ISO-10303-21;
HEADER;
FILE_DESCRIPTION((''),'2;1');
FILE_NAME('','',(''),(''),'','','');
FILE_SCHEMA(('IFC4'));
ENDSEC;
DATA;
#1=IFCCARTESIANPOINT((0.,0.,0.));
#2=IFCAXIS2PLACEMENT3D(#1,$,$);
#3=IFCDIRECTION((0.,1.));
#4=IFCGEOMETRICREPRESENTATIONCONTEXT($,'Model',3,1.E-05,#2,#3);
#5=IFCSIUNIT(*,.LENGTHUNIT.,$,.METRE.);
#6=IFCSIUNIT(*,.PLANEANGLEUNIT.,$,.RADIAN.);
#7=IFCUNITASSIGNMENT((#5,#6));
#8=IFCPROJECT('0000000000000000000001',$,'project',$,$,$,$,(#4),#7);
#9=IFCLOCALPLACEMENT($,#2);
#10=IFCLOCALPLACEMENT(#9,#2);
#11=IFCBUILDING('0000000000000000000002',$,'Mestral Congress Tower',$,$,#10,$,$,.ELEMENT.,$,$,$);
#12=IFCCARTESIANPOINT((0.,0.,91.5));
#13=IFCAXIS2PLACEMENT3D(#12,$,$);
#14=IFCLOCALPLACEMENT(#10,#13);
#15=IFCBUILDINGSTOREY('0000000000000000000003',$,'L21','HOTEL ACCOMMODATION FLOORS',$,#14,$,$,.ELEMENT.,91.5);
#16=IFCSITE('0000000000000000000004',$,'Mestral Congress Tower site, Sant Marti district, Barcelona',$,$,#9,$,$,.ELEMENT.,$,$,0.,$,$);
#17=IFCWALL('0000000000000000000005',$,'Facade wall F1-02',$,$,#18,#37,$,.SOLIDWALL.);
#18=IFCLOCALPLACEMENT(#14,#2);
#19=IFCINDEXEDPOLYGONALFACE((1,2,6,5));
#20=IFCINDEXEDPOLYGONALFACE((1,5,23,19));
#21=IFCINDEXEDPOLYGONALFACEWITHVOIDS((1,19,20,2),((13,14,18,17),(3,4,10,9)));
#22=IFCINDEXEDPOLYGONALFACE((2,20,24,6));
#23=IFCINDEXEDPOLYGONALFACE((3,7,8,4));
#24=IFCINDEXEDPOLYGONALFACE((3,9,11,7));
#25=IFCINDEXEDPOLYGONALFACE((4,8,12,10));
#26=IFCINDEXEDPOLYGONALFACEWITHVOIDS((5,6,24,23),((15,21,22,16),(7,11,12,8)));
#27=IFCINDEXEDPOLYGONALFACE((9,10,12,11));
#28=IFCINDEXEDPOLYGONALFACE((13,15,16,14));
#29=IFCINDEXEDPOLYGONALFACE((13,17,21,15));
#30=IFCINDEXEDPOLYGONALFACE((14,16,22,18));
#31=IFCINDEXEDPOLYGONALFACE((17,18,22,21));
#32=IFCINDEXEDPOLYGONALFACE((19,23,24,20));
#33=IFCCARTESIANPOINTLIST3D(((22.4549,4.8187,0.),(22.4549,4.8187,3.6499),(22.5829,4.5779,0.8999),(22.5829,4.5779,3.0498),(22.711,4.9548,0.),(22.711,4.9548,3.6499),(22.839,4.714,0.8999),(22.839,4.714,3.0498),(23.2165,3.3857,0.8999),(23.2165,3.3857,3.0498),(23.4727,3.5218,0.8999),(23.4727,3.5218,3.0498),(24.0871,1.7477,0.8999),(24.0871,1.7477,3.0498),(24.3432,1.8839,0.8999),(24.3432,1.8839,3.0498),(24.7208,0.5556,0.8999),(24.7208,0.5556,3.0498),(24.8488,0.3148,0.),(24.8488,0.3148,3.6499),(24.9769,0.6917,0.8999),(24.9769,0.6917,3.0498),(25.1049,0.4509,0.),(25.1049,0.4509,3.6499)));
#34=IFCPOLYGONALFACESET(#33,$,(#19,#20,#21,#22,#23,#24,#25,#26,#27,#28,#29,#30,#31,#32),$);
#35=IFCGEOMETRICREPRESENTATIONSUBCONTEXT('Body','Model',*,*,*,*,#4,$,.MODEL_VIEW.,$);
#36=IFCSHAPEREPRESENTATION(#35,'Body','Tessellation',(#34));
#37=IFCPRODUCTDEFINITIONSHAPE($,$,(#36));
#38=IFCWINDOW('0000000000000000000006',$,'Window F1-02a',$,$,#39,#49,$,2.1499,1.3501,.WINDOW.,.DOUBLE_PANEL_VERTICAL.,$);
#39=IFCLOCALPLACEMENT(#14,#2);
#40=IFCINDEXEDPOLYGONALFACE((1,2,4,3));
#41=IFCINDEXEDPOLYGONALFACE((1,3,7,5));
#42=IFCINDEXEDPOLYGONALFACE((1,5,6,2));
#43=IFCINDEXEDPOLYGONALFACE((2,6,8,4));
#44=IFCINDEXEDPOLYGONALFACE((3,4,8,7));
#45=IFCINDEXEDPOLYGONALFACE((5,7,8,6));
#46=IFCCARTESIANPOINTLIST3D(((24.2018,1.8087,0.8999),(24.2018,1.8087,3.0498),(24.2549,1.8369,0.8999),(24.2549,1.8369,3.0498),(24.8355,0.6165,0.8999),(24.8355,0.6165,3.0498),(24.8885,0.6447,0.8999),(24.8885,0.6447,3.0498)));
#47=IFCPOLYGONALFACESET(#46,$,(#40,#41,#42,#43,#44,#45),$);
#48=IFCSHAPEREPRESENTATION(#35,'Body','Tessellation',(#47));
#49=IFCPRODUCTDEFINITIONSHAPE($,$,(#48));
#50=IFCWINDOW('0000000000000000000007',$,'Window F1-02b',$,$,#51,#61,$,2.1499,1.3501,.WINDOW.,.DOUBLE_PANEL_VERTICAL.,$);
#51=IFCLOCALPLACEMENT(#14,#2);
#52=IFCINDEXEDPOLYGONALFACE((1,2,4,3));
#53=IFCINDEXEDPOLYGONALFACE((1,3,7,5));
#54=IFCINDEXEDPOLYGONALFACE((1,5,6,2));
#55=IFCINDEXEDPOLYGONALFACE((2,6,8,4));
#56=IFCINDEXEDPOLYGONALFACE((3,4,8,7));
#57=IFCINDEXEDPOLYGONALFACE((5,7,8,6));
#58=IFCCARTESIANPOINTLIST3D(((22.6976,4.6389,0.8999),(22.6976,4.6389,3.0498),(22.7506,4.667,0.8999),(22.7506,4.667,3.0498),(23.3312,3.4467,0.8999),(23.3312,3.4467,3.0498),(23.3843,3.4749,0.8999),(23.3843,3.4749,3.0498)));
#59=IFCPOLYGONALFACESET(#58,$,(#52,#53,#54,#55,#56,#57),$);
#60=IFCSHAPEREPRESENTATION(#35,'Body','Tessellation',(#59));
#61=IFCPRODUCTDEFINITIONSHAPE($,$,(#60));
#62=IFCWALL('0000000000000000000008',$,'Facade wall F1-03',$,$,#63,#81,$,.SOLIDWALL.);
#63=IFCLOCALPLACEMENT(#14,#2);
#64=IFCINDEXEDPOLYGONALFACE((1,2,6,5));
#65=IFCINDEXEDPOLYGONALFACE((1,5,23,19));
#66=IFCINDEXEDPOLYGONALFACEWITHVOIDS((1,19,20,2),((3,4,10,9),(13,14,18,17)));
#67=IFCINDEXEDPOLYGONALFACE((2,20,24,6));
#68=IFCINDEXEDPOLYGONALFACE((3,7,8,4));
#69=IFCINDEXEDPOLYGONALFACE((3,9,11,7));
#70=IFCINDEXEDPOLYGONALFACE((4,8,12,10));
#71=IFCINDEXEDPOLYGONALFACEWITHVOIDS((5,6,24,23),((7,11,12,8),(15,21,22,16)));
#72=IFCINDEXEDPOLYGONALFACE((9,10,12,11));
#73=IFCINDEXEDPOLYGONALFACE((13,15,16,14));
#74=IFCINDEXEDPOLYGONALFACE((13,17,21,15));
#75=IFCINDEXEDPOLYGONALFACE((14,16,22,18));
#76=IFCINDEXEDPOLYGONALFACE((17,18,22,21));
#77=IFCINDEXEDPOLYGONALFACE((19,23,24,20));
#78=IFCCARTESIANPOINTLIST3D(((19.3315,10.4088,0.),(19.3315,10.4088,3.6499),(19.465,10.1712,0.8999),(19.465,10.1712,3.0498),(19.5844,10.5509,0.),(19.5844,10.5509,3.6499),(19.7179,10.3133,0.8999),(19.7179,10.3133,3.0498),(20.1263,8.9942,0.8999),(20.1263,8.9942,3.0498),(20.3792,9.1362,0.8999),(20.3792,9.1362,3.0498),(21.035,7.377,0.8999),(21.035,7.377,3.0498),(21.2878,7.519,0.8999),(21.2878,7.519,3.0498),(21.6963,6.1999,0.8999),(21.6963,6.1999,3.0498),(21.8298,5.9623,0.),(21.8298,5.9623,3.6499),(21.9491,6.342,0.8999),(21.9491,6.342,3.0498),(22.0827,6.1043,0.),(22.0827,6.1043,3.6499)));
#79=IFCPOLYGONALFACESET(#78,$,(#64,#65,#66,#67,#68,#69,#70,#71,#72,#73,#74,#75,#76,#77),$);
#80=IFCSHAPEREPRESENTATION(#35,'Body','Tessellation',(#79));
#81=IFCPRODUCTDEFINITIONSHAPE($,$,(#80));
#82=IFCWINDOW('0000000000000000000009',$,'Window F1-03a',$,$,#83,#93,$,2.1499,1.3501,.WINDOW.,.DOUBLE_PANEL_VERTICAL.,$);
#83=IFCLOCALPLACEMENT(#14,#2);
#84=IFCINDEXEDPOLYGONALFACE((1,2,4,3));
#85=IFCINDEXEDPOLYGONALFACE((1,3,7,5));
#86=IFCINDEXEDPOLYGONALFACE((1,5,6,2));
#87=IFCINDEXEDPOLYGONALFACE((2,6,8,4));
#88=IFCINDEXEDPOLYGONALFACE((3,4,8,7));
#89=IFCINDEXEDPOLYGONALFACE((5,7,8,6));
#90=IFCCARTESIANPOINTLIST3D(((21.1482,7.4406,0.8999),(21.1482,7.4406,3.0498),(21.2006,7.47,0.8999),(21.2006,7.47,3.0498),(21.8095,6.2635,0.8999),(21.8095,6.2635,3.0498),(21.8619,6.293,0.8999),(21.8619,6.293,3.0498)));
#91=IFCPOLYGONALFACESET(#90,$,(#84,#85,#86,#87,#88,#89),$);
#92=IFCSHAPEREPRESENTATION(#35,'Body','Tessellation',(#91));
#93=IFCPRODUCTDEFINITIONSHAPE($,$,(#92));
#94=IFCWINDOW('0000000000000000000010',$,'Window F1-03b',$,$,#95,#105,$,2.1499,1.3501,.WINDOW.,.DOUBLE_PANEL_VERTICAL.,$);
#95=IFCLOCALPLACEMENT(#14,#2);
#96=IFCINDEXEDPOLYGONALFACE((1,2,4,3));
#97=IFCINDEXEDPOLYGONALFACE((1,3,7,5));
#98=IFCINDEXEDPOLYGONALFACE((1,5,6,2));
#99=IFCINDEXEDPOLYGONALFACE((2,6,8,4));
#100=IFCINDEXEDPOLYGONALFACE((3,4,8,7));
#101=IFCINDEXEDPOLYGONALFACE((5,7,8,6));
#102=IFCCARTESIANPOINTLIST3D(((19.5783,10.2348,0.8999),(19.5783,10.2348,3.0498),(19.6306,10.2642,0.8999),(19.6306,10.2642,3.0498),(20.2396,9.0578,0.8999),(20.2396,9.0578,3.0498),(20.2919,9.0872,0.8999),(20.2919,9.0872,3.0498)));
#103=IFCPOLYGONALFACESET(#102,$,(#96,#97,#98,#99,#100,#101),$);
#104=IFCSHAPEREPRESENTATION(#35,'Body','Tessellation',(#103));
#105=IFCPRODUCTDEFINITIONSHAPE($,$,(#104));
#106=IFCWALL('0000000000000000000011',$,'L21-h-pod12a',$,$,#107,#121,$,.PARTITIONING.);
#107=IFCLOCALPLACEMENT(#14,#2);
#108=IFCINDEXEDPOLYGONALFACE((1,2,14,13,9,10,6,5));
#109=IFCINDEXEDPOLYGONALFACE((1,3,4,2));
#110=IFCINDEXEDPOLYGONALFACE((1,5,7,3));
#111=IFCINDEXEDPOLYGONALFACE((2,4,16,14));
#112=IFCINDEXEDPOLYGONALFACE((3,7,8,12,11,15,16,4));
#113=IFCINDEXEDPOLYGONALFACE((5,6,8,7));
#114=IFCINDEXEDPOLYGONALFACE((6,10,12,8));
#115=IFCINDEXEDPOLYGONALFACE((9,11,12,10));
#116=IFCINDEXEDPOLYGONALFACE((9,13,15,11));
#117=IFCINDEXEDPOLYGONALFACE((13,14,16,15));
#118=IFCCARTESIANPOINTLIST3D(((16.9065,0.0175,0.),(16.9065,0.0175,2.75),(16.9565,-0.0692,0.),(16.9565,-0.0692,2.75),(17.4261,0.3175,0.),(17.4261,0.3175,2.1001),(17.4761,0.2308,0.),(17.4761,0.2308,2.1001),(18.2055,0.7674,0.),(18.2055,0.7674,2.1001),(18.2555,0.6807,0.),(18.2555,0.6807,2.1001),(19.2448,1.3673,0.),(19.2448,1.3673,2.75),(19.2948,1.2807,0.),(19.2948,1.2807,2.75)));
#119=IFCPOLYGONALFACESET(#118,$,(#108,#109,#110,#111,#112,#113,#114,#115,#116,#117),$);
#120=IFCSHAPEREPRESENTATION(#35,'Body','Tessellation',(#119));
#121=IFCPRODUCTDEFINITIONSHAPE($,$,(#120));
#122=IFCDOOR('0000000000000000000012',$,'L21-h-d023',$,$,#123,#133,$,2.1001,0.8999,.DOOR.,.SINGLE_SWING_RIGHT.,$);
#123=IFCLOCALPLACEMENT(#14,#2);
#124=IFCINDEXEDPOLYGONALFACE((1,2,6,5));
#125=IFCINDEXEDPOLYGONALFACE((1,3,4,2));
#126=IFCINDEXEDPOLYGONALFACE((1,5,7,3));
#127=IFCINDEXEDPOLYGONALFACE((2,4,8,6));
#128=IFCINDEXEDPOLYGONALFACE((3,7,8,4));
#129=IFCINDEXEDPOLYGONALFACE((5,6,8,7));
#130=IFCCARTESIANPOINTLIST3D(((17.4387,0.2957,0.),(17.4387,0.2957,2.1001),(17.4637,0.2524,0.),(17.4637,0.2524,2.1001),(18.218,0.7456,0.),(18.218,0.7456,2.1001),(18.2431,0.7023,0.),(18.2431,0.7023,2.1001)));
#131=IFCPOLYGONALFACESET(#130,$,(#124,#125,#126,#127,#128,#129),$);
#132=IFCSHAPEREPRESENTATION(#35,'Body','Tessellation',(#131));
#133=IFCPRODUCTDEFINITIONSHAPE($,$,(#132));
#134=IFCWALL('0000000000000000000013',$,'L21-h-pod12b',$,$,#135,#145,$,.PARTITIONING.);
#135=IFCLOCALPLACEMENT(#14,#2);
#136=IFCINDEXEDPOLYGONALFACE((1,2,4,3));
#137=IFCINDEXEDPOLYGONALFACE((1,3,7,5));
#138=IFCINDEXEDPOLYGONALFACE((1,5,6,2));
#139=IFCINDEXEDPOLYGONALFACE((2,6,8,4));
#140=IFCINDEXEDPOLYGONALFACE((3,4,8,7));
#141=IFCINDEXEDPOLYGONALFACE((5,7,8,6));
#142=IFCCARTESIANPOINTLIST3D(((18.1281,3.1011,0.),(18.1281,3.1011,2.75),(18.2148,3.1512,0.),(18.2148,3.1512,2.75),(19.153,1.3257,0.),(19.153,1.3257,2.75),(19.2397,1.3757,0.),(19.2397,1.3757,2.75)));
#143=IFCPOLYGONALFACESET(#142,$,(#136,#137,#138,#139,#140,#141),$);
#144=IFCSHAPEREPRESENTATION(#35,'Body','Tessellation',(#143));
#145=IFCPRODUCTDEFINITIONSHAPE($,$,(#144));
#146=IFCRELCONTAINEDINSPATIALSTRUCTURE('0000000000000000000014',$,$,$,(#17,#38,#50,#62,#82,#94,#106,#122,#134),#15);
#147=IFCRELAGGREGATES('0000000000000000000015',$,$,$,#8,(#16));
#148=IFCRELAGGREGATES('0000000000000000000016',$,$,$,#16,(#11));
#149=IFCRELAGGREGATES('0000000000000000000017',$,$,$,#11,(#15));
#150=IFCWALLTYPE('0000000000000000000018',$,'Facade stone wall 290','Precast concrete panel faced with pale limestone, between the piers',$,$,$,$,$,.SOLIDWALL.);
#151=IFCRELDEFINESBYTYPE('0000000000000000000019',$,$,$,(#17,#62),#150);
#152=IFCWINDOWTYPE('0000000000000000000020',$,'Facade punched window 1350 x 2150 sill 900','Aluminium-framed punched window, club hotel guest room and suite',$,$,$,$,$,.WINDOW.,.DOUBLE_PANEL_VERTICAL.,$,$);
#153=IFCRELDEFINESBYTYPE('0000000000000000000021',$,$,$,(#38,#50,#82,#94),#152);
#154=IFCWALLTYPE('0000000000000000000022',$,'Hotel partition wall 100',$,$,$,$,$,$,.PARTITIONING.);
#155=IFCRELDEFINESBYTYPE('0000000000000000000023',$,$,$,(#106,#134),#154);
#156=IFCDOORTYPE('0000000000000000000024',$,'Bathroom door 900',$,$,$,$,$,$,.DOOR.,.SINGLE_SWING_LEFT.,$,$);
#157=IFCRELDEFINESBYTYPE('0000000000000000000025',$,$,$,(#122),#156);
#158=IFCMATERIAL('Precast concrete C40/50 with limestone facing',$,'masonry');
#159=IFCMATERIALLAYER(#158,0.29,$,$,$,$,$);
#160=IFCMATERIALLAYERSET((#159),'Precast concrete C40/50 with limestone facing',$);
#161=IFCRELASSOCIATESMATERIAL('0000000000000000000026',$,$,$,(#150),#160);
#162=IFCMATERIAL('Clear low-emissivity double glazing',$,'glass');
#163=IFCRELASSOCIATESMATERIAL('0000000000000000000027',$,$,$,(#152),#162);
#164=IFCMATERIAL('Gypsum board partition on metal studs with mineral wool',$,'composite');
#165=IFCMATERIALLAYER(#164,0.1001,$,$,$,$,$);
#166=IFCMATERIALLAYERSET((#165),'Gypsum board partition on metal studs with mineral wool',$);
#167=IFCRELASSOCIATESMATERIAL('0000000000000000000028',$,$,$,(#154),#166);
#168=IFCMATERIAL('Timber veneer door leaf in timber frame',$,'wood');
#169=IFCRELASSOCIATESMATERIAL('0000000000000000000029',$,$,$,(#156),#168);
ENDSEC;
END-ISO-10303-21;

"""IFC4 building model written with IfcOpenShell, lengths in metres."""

from ifc_helpers import new_model, si_unit, direction, frame, frame_2d, origin, place, context, subcontext, project, spatial, rectangle, extrude, material, layer, layer_set, type_object, element, fill, save


model = new_model("IFC4")

# Units and contexts
model_context = context("Model", 3, precision=1e-05, world=origin(), true_north=direction((0.0, 1.0)))
body_context = subcontext(model_context, "Body", "Model", "MODEL_VIEW")
ifc_project = project(units=[si_unit("LENGTHUNIT", "METRE"), si_unit("PLANEANGLEUNIT", "RADIAN")], contexts=[model_context])

# Site, building, storey
site_placement = place(None, origin())
site = spatial("IfcSite", under=ifc_project, at=site_placement, Name="Mestral Congress Tower site, Sant Marti district, Barcelona", CompositionType="ELEMENT", RefElevation=0.0)
building_placement = place(site_placement, origin())
building = spatial("IfcBuilding", under=site, at=building_placement, Name="Mestral Congress Tower", CompositionType="ELEMENT")
storey_placement = place(building_placement, frame((0.0, 0.0, 91.5)))
storey = spatial("IfcBuildingStorey", under=building, at=storey_placement, Name="L21", Description="HOTEL ACCOMMODATION FLOORS", CompositionType="ELEMENT", Elevation=91.5)

# Walls, openings, windows
ifc_material_1 = material(Name="Precast concrete C40/50 with limestone facing", Category="masonry")
ifc_layer_1 = layer(ifc_material_1, 0.29)
ifc_layer_set_1 = layer_set([ifc_layer_1], Name="Precast concrete C40/50 with limestone facing")
wall_type_1 = type_object("IfcWallType", Name="Facade stone wall 290", Description="Precast concrete panel faced with pale limestone, between the piers", PredefinedType="SOLIDWALL", material=ifc_layer_set_1)
wall_1_placement = place(storey_placement, frame((24.9768, 0.3828, 0.0), z_axis=(0.0, 0.0, 1.0), x_axis=(-0.469323, 0.883026, 0.0)))
wall_1 = element("IfcWall", 1, at=wall_1_placement, inside=storey, type_object=wall_type_1, Name="Facade wall F1-02", PredefinedType="SOLIDWALL", context=body_context, shape_type="SweptSolid", body=[
    extrude(rectangle(XDim=5.1006, YDim=0.29, at=frame_2d((2.5503, 0.0))), origin(), (0.0, 0.0, 1.0), 3.6499),
])
opening_1_placement = place(wall_1_placement, frame((0.2727, 0.0, 0.8999)))
opening_1 = element("IfcOpeningElement", 2, at=opening_1_placement, cuts=wall_1, PredefinedType="OPENING", context=body_context, shape_type="SweptSolid", body=[
    extrude(rectangle(XDim=1.3501, YDim=2.1499, at=frame_2d((0.675, 1.075))), frame((0.0, 0.155, 0.0), z_axis=(0.0, -1.0, 0.0), x_axis=(1.0, 0.0, 0.0)), (0.0, 0.0, 1.0), 0.3101),
])
opening_2_placement = place(wall_1_placement, frame((3.4778, 0.0, 0.8999)))
opening_2 = element("IfcOpeningElement", 3, at=opening_2_placement, cuts=wall_1, PredefinedType="OPENING", context=body_context, shape_type="SweptSolid", body=[
    extrude(rectangle(XDim=1.3501, YDim=2.1499, at=frame_2d((0.675, 1.075))), frame((0.0, 0.155, 0.0), z_axis=(0.0, -1.0, 0.0), x_axis=(1.0, 0.0, 0.0)), (0.0, 0.0, 1.0), 0.3101),
])
ifc_material_2 = material(Name="Clear low-emissivity double glazing", Category="glass")
window_type = type_object("IfcWindowType", Name="Facade punched window 1350 x 2150 sill 900", Description="Aluminium-framed punched window, club hotel guest room and suite", PartitioningType="DOUBLE_PANEL_VERTICAL", PredefinedType="WINDOW", material=ifc_material_2)
window_1_placement = place(opening_1_placement, origin())
window_1 = element("IfcWindow", 4, at=window_1_placement, inside=storey, type_object=window_type, Name="Window F1-02a", OverallHeight=2.1499, OverallWidth=1.3501, PartitioningType="DOUBLE_PANEL_VERTICAL", PredefinedType="WINDOW", context=body_context, shape_type="SweptSolid", body=[
    extrude(rectangle(XDim=1.3501, YDim=2.1499, at=frame_2d((0.675, 1.075))), frame((0.0, 0.0151, 0.0), z_axis=(0.0, -1.0, 0.0), x_axis=(1.0, 0.0, 0.0)), (0.0, 0.0, 1.0), 0.0601),
])
fill(opening_1, window_1)
window_2_placement = place(opening_2_placement, origin())
window_2 = element("IfcWindow", 5, at=window_2_placement, inside=storey, type_object=window_type, Name="Window F1-02b", OverallHeight=2.1499, OverallWidth=1.3501, PartitioningType="DOUBLE_PANEL_VERTICAL", PredefinedType="WINDOW", context=body_context, shape_type="SweptSolid", body=[
    extrude(rectangle(XDim=1.3501, YDim=2.1499, at=frame_2d((0.675, 1.075))), frame((0.0, 0.0151, 0.0), z_axis=(0.0, -1.0, 0.0), x_axis=(1.0, 0.0, 0.0)), (0.0, 0.0, 1.0), 0.0601),
])
fill(opening_2, window_2)
wall_2_placement = place(storey_placement, frame((21.9563, 6.0332, 0.0), z_axis=(0.0, 0.0, 1.0), x_axis=(-0.489832, 0.871817, 0.0)))
wall_2 = element("IfcWall", 6, at=wall_2_placement, inside=storey, type_object=wall_type_1, Name="Facade wall F1-03", PredefinedType="SOLIDWALL", context=body_context, shape_type="SweptSolid", body=[
    extrude(rectangle(XDim=5.1003, YDim=0.29, at=frame_2d((2.5503, 0.0))), origin(), (0.0, 0.0, 1.0), 3.6499),
])
opening_3_placement = place(wall_2_placement, frame((0.2727, 0.0, 0.8999)))
opening_3 = element("IfcOpeningElement", 7, at=opening_3_placement, cuts=wall_2, PredefinedType="OPENING", context=body_context, shape_type="SweptSolid", body=[
    extrude(rectangle(XDim=1.3501, YDim=2.1499, at=frame_2d((0.675, 1.075))), frame((0.0, 0.155, 0.0), z_axis=(0.0, -1.0, 0.0), x_axis=(1.0, 0.0, 0.0)), (0.0, 0.0, 1.0), 0.3101),
])
opening_4_placement = place(wall_2_placement, frame((3.4778, 0.0, 0.8999)))
opening_4 = element("IfcOpeningElement", 8, at=opening_4_placement, cuts=wall_2, PredefinedType="OPENING", context=body_context, shape_type="SweptSolid", body=[
    extrude(rectangle(XDim=1.3501, YDim=2.1499, at=frame_2d((0.675, 1.075))), frame((0.0, 0.155, 0.0), z_axis=(0.0, -1.0, 0.0), x_axis=(1.0, 0.0, 0.0)), (0.0, 0.0, 1.0), 0.3101),
])
window_3_placement = place(opening_3_placement, origin())
window_3 = element("IfcWindow", 9, at=window_3_placement, inside=storey, type_object=window_type, Name="Window F1-03a", OverallHeight=2.1499, OverallWidth=1.3501, PartitioningType="DOUBLE_PANEL_VERTICAL", PredefinedType="WINDOW", context=body_context, shape_type="SweptSolid", body=[
    extrude(rectangle(XDim=1.3501, YDim=2.1499, at=frame_2d((0.675, 1.075))), frame((0.0, 0.0151, 0.0), z_axis=(0.0, -1.0, 0.0), x_axis=(1.0, 0.0, 0.0)), (0.0, 0.0, 1.0), 0.0601),
])
fill(opening_3, window_3)
window_4_placement = place(opening_4_placement, origin())
window_4 = element("IfcWindow", 10, at=window_4_placement, inside=storey, type_object=window_type, Name="Window F1-03b", OverallHeight=2.1499, OverallWidth=1.3501, PartitioningType="DOUBLE_PANEL_VERTICAL", PredefinedType="WINDOW", context=body_context, shape_type="SweptSolid", body=[
    extrude(rectangle(XDim=1.3501, YDim=2.1499, at=frame_2d((0.675, 1.075))), frame((0.0, 0.0151, 0.0), z_axis=(0.0, -1.0, 0.0), x_axis=(1.0, 0.0, 0.0)), (0.0, 0.0, 1.0), 0.0601),
])
fill(opening_4, window_4)

# Wall, opening, door
ifc_material_3 = material(Name="Gypsum board partition on metal studs with mineral wool", Category="composite")
ifc_layer_2 = layer(ifc_material_3, 0.1001)
ifc_layer_set_2 = layer_set([ifc_layer_2], Name="Gypsum board partition on metal studs with mineral wool")
wall_type_2 = type_object("IfcWallType", Name="Hotel partition wall 100", PredefinedType="PARTITIONING", material=ifc_layer_set_2)
wall_3_placement = place(storey_placement, frame((16.9314, -0.0259, 0.0), z_axis=(0.0, 0.0, 1.0), x_axis=(0.866059, 0.499942, 0.0)))
wall_3 = element("IfcWall", 11, at=wall_3_placement, inside=storey, type_object=wall_type_2, Name="L21-h-pod12a", PredefinedType="PARTITIONING", context=body_context, shape_type="SweptSolid", body=[
    extrude(rectangle(XDim=2.7, YDim=0.1001, at=frame_2d((1.3501, 0.0))), origin(), (0.0, 0.0, 1.0), 2.75),
])
opening_5_placement = place(wall_3_placement, frame((0.6001, 0.0, 0.0)))
opening_5 = element("IfcOpeningElement", 12, at=opening_5_placement, cuts=wall_3, PredefinedType="OPENING", context=body_context, shape_type="SweptSolid", body=[
    extrude(rectangle(XDim=0.8999, YDim=2.1001, at=frame_2d((0.45, 1.05))), frame((0.0, 0.0601, 0.0), z_axis=(0.0, -1.0, 0.0), x_axis=(1.0, 0.0, 0.0)), (0.0, 0.0, 1.0), 0.1201),
])
ifc_material_4 = material(Name="Timber veneer door leaf in timber frame", Category="wood")
door_type = type_object("IfcDoorType", Name="Bathroom door 900", OperationType="SINGLE_SWING_LEFT", PredefinedType="DOOR", material=ifc_material_4)
door_1_placement = place(opening_5_placement, origin())
door_1 = element("IfcDoor", 13, at=door_1_placement, inside=storey, type_object=door_type, Name="L21-h-d023", OperationType="SINGLE_SWING_RIGHT", OverallHeight=2.1001, OverallWidth=0.8999, PredefinedType="DOOR", context=body_context, shape_type="SweptSolid", body=[
    extrude(rectangle(XDim=0.8999, YDim=2.1001, at=frame_2d((0.45, 1.05))), frame((0.0, 0.0249, 0.0), z_axis=(0.0, -1.0, 0.0), x_axis=(1.0, 0.0, 0.0)), (0.0, 0.0, 1.0), 0.05),
])
fill(opening_5, door_1)

# Wall
wall_4_placement = place(storey_placement, frame((19.1963, 1.3508, 0.0), z_axis=(0.0, 0.0, 1.0), x_axis=(-0.499956, 0.866051, 0.0)))
element("IfcWall", 14, at=wall_4_placement, inside=storey, type_object=wall_type_2, Name="L21-h-pod12b", PredefinedType="PARTITIONING", context=body_context, shape_type="SweptSolid", body=[
    extrude(rectangle(XDim=2.05, YDim=0.1001, at=frame_2d((1.0249, 0.0))), origin(), (0.0, 0.0, 1.0), 2.75),
])

save(model, "model.ifc")
